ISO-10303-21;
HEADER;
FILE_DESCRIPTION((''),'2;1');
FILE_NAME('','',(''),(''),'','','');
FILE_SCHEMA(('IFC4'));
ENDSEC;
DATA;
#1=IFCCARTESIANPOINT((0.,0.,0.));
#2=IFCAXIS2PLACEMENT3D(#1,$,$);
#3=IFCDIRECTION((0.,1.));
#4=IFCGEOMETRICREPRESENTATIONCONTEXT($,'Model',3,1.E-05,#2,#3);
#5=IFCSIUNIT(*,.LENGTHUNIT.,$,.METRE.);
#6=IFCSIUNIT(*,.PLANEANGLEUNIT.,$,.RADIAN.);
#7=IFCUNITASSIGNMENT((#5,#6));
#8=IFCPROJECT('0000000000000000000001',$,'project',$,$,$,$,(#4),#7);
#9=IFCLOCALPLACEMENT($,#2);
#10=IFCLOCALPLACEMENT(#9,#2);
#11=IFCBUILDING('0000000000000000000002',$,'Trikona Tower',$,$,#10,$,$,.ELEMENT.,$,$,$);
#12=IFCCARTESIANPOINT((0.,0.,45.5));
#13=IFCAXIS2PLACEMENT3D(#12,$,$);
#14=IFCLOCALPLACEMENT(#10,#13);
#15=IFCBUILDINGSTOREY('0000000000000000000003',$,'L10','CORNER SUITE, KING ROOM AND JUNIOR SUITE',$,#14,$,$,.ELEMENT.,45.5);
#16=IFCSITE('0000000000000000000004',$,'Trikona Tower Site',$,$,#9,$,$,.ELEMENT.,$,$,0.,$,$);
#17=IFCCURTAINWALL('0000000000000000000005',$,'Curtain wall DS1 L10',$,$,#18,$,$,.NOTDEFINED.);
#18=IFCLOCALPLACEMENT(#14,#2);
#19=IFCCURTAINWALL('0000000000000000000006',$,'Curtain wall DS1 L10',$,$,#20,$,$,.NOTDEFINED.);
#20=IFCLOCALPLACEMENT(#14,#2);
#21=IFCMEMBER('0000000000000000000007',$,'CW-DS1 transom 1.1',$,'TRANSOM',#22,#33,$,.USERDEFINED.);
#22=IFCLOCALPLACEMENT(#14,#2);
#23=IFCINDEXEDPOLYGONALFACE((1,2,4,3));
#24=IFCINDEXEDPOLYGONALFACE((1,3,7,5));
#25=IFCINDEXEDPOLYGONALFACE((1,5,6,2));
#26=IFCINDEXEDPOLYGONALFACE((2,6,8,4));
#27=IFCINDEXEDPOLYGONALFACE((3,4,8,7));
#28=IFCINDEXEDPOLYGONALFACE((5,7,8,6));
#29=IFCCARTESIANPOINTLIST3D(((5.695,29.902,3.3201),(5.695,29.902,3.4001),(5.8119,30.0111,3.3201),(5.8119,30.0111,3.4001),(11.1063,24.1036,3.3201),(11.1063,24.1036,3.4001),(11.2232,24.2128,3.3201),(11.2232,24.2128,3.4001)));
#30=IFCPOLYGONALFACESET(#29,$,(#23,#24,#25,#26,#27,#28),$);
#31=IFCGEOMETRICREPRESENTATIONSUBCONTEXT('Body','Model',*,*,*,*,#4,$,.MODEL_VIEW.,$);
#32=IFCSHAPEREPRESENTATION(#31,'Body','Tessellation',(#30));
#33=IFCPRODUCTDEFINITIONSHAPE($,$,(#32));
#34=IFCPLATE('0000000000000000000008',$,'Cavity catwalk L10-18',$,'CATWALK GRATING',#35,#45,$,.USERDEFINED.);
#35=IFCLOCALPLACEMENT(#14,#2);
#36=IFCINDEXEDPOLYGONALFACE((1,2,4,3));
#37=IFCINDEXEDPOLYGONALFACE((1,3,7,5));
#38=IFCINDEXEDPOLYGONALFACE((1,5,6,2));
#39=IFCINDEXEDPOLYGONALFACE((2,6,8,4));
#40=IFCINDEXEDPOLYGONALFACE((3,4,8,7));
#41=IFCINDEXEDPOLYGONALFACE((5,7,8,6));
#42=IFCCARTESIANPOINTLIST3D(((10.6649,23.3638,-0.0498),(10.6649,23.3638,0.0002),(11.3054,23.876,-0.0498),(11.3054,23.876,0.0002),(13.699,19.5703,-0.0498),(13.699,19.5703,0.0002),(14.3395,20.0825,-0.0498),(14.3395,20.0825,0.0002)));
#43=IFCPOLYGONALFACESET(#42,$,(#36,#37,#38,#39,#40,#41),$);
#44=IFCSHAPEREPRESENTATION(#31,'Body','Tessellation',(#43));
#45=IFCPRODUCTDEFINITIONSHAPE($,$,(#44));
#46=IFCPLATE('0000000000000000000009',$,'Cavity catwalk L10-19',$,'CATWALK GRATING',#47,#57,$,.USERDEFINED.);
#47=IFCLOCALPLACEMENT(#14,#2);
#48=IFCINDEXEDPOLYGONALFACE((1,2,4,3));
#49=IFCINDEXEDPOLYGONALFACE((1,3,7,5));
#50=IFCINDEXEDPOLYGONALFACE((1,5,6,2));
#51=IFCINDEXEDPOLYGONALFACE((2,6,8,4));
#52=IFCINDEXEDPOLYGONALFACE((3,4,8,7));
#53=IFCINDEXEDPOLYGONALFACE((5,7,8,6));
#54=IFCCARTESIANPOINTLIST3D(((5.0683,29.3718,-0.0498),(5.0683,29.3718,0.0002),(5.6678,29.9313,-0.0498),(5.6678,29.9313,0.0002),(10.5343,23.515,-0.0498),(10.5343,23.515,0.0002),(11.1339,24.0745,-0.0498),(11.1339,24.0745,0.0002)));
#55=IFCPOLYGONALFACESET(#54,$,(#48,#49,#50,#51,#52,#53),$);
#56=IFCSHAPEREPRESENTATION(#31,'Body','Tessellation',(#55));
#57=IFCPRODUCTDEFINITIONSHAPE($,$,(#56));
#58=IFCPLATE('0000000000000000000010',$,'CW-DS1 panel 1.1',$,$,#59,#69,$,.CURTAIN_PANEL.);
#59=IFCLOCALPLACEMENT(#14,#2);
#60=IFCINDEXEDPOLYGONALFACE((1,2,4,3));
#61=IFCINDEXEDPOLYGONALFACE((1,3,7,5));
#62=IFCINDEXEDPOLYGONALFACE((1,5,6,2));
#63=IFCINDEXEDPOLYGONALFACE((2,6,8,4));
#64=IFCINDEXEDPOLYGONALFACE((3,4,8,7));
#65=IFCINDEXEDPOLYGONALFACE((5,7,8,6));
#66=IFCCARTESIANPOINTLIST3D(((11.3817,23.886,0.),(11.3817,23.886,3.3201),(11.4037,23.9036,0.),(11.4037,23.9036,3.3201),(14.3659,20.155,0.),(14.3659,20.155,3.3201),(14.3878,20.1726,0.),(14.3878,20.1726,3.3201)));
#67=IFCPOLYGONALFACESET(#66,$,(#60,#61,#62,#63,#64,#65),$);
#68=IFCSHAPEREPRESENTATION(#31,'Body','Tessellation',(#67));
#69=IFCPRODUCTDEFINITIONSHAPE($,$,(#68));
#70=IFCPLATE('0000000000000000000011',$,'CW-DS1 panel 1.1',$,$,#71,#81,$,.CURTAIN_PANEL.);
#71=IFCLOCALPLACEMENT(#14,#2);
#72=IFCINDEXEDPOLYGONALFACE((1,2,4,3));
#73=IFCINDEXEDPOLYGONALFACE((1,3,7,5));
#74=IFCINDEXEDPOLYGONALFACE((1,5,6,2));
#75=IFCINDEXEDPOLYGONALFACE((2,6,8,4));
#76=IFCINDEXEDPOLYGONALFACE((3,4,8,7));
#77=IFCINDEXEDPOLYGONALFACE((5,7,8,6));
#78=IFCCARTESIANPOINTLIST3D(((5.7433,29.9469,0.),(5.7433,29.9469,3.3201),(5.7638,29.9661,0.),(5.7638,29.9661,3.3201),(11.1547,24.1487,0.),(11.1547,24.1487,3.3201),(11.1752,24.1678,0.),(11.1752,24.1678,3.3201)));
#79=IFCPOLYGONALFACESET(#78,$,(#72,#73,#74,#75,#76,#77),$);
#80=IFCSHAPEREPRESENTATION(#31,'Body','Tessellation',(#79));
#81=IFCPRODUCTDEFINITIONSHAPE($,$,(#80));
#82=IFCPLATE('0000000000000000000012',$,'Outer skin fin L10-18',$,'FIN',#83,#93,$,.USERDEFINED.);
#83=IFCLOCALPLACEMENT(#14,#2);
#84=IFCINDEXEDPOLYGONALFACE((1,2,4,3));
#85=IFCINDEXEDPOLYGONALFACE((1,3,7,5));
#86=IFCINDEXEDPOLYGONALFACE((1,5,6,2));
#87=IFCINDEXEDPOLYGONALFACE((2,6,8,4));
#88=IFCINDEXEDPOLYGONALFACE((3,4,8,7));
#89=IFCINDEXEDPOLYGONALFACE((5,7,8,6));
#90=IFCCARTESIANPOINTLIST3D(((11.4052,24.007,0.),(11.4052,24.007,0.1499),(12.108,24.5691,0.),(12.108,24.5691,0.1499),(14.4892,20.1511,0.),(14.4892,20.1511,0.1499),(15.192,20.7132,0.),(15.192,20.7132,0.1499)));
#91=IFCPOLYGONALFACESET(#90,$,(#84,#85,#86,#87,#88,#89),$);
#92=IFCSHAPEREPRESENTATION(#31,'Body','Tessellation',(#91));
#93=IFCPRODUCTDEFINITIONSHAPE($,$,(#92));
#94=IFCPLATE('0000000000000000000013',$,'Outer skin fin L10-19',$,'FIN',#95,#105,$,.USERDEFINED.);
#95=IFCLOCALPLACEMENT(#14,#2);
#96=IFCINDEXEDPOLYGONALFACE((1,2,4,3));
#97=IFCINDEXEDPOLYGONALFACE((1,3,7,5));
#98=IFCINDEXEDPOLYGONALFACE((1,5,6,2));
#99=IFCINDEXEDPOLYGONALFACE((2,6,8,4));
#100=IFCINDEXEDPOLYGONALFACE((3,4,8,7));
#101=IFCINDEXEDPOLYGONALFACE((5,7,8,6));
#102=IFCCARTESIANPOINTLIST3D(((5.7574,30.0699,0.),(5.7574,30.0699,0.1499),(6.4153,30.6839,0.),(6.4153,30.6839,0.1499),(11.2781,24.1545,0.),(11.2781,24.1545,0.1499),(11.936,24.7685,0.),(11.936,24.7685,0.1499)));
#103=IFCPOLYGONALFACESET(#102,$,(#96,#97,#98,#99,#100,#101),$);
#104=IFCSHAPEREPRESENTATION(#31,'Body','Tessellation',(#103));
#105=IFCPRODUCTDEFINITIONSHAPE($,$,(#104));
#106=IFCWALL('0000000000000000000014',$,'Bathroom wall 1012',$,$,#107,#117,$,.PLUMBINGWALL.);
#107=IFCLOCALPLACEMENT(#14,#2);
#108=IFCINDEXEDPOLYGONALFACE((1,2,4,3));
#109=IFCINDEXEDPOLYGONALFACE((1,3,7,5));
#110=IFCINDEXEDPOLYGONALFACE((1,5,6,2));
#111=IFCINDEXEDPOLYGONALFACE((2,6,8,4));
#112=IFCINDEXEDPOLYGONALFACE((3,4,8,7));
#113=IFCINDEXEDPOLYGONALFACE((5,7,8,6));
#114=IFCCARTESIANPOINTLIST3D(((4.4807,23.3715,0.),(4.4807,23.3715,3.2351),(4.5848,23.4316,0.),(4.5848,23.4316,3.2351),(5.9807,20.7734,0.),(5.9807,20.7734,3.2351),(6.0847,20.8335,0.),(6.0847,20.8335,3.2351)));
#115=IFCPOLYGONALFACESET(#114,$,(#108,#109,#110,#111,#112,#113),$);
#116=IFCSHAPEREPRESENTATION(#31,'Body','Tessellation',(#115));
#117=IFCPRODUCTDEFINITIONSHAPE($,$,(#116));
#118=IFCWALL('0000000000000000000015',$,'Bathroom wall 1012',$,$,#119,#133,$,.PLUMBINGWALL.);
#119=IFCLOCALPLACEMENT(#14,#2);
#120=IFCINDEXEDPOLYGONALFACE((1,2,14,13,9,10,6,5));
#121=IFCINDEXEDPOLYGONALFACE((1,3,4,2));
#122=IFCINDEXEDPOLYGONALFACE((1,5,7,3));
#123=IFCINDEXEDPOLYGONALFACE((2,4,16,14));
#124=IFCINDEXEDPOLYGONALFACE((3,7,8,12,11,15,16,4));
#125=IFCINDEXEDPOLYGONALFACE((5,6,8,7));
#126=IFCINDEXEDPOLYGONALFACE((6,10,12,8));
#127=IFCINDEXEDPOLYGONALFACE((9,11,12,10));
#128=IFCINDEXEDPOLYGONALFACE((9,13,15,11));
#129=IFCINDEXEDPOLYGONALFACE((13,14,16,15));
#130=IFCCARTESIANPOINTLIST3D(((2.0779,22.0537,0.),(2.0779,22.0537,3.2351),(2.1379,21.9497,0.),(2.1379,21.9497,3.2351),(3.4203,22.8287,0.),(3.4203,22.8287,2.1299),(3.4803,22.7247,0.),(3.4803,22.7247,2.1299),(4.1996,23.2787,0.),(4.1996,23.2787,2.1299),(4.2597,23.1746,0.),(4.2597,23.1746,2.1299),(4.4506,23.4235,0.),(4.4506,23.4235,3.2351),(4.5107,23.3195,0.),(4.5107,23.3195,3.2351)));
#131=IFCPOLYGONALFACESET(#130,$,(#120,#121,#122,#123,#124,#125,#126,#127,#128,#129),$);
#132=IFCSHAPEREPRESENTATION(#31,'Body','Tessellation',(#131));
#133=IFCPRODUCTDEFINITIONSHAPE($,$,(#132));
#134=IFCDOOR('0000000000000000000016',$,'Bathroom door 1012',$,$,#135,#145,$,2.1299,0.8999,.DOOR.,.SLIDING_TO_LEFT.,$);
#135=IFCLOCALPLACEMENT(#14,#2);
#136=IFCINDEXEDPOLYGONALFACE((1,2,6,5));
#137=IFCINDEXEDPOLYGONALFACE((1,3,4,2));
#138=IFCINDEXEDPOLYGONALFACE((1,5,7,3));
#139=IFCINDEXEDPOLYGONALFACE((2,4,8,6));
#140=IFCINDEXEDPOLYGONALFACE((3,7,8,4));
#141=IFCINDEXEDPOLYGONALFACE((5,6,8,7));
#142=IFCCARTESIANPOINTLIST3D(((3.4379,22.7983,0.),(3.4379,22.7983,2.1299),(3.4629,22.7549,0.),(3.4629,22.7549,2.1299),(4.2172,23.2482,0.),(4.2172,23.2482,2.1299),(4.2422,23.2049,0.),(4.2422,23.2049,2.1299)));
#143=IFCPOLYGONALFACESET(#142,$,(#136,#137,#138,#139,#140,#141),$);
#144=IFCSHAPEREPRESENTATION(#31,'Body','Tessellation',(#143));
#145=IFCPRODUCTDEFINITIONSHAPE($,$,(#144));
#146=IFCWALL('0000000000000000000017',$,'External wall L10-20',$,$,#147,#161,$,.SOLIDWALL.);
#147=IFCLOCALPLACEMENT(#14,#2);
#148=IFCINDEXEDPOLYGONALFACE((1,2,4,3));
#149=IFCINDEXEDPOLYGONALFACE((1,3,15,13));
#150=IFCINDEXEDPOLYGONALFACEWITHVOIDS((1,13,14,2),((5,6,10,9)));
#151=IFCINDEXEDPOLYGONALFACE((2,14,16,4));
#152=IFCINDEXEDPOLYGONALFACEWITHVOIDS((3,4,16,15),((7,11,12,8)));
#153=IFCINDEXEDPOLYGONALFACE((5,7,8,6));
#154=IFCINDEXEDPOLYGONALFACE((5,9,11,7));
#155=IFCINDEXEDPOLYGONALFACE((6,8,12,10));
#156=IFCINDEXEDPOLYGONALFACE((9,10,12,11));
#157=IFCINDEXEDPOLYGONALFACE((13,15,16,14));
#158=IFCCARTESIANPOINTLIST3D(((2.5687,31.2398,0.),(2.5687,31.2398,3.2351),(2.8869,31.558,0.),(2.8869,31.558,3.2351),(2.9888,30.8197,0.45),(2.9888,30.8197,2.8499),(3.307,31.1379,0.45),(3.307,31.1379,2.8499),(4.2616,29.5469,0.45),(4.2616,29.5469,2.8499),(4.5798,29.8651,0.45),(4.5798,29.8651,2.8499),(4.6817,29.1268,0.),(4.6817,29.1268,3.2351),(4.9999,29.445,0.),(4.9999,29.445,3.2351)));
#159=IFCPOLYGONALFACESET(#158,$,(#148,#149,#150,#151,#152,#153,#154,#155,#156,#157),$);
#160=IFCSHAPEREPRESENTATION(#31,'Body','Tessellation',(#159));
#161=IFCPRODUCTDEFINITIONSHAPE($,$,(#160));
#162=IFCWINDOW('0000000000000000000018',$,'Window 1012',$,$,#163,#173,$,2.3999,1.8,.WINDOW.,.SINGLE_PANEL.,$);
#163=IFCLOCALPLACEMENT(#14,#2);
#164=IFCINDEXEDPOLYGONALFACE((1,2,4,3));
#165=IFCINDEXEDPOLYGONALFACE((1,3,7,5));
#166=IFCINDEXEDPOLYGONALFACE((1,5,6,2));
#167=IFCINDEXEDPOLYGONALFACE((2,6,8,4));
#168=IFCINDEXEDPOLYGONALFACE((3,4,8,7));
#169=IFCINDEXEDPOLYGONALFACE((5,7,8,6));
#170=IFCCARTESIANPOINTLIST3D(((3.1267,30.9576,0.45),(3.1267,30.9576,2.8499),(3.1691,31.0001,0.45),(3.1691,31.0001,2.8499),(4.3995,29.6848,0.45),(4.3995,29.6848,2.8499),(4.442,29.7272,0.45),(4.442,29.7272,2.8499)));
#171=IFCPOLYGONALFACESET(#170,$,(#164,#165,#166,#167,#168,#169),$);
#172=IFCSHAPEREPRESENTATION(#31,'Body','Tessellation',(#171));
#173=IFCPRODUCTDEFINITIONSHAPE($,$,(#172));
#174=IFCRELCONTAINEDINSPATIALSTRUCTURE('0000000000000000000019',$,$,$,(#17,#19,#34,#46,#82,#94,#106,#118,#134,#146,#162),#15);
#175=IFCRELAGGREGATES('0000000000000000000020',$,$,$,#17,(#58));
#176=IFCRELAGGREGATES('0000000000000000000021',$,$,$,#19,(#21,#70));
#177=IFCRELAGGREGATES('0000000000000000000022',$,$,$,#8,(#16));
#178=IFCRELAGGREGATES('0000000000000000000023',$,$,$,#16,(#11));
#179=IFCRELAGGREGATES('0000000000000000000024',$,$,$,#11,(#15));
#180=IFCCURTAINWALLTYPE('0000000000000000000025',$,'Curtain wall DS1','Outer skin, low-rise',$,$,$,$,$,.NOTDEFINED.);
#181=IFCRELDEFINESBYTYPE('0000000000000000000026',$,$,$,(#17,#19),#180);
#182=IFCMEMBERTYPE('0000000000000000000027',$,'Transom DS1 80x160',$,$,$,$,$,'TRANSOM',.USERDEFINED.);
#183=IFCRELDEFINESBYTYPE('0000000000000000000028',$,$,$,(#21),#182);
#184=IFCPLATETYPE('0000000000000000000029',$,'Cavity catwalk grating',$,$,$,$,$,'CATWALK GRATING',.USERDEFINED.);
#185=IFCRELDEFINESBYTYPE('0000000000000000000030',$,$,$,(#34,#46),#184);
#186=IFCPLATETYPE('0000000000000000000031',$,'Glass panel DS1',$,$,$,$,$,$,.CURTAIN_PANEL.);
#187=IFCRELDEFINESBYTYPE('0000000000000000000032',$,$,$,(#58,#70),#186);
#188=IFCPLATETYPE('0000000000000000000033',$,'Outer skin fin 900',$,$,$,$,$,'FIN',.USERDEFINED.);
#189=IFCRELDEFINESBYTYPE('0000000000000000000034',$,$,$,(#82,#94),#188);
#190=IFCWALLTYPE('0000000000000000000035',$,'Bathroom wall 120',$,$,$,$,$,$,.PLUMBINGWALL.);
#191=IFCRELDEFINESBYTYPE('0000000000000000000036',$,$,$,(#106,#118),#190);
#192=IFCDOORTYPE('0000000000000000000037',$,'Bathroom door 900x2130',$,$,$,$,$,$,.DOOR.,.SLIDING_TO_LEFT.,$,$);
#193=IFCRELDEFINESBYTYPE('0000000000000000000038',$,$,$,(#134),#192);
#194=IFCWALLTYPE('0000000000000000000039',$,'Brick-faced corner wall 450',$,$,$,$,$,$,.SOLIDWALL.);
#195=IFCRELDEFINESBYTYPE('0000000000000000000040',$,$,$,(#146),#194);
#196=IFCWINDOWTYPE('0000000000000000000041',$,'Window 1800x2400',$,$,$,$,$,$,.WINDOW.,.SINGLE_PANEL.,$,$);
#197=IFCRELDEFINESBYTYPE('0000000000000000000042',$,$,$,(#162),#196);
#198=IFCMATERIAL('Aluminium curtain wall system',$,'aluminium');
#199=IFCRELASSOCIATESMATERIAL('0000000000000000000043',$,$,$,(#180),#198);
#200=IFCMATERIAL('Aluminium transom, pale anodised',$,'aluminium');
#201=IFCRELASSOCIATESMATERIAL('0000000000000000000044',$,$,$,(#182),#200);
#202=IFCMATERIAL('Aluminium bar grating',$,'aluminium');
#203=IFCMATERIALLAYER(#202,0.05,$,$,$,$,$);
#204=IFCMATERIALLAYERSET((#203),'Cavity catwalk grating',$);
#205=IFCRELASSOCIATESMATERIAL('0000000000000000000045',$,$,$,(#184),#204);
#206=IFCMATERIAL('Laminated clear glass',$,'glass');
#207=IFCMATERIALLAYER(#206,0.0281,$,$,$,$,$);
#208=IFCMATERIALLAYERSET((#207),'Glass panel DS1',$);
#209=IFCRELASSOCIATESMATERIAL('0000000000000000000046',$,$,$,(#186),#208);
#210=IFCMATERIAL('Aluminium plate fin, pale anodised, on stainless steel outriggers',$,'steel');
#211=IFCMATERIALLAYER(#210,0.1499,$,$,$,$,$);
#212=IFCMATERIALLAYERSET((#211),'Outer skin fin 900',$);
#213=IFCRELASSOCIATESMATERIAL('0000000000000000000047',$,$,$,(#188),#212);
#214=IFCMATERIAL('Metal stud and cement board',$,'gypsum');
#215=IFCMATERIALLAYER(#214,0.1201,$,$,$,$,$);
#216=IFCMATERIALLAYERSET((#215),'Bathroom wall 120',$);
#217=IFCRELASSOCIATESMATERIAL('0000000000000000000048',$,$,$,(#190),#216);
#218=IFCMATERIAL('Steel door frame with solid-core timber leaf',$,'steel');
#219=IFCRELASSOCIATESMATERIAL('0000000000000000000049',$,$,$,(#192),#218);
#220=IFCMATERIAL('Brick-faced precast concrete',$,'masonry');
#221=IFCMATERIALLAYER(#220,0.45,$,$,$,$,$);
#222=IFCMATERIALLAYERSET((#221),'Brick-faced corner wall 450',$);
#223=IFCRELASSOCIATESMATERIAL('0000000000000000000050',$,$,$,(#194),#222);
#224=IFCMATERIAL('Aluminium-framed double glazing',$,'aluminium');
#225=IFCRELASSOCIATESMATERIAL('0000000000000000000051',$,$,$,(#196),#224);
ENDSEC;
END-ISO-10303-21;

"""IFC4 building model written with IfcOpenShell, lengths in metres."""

from ifc_helpers import new_model, si_unit, direction, frame, frame_2d, origin, origin_2d, place, context, subcontext, project, spatial, rectangle, extrude, material, layer, layer_set, material_profile, profile_set, type_object, element, fill, aggregate, save


model = new_model("IFC4")

# Units and contexts
model_context = context("Model", 3, precision=1e-05, world=origin(), true_north=direction((0.0, 1.0)))
body_context = subcontext(model_context, "Body", "Model", "MODEL_VIEW")
ifc_project = project(units=[si_unit("LENGTHUNIT", "METRE"), si_unit("PLANEANGLEUNIT", "RADIAN")], contexts=[model_context])

# Site, building, storey
site_placement = place(None, origin())
site = spatial("IfcSite", under=ifc_project, at=site_placement, Name="Trikona Tower Site", CompositionType="ELEMENT", RefElevation=0.0)
building_placement = place(site_placement, origin())
building = spatial("IfcBuilding", under=site, at=building_placement, Name="Trikona Tower", CompositionType="ELEMENT")
storey_placement = place(building_placement, frame((0.0, 0.0, 45.5)))
storey = spatial("IfcBuildingStorey", under=building, at=storey_placement, Name="L10", Description="CORNER SUITE, KING ROOM AND JUNIOR SUITE", CompositionType="ELEMENT", Elevation=45.5)

# Curtain walls
ifc_material_1 = material(Name="Aluminium curtain wall system", Category="aluminium")
curtain_wall_type = type_object("IfcCurtainWallType", Name="Curtain wall DS1", Description="Outer skin, low-rise", PredefinedType="NOTDEFINED", material=ifc_material_1)
curtain_wall_1_placement = place(storey_placement, origin())
curtain_wall_1 = element("IfcCurtainWall", 1, at=curtain_wall_1_placement, inside=storey, type_object=curtain_wall_type, Name="Curtain wall DS1 L10", PredefinedType="NOTDEFINED")
curtain_wall_2_placement = place(storey_placement, origin())
curtain_wall_2 = element("IfcCurtainWall", 2, at=curtain_wall_2_placement, inside=storey, type_object=curtain_wall_type, Name="Curtain wall DS1 L10", PredefinedType="NOTDEFINED")

# Member
ifc_material_2 = material(Name="Aluminium transom, pale anodised", Category="aluminium")
ifc_material_profile_1 = material_profile(ifc_material_2, rectangle(XDim=0.1599, YDim=0.0801, at=origin_2d()), Name="TRN-DS1")
ifc_profile_set_1 = profile_set([ifc_material_profile_1], Name="Aluminium transom, pale anodised")
member_type_1 = type_object("IfcMemberType", Name="Transom DS1 80x160", ElementType="TRANSOM", PredefinedType="USERDEFINED", material=ifc_profile_set_1)
member_1_placement = place(storey_placement, frame((11.1648, 24.1582, 3.3601), z_axis=(-0.682291, 0.731081, 0.0), x_axis=(-0.731081, -0.682291, 0.0)))
member_1 = element("IfcMember", 3, at=member_1_placement, type_object=member_type_1, Name="CW-DS1 transom 1.1", ObjectType="TRANSOM", PredefinedType="USERDEFINED", context=body_context, shape_type="SweptSolid", body=[
    extrude(rectangle(XDim=0.1599, YDim=0.0801, at=origin_2d()), origin(), (0.0, 0.0, 1.0), 7.9312),
])

# Plates
ifc_material_3 = material(Name="Aluminium bar grating", Category="aluminium")
ifc_layer_1 = layer(ifc_material_3, 0.05)
ifc_layer_set_1 = layer_set([ifc_layer_1], Name="Cavity catwalk grating")
plate_type_1 = type_object("IfcPlateType", Name="Cavity catwalk grating", ElementType="CATWALK GRATING", PredefinedType="USERDEFINED", material=ifc_layer_set_1)
plate_1_placement = place(storey_placement, frame((12.5022, 21.7231, -0.0498), z_axis=(0.0, 0.0, 1.0), x_axis=(-0.624604, 0.780942, 0.0)))
element("IfcPlate", 4, at=plate_1_placement, inside=storey, type_object=plate_type_1, Name="Cavity catwalk L10-18", ObjectType="CATWALK GRATING", PredefinedType="USERDEFINED", context=body_context, shape_type="SweptSolid", body=[
    extrude(rectangle(XDim=4.8577, YDim=0.8201, at=origin_2d()), origin(), (0.0, 0.0, 1.0), 0.05),
])
plate_2_placement = place(storey_placement, frame((8.1011, 26.7231, -0.0498), z_axis=(0.0, 0.0, 1.0), x_axis=(-0.682298, 0.731074, 0.0)))
element("IfcPlate", 5, at=plate_2_placement, inside=storey, type_object=plate_type_1, Name="Cavity catwalk L10-19", ObjectType="CATWALK GRATING", PredefinedType="USERDEFINED", context=body_context, shape_type="SweptSolid", body=[
    extrude(rectangle(XDim=8.0112, YDim=0.8201, at=origin_2d()), origin(), (0.0, 0.0, 1.0), 0.05),
])

# Plates
ifc_material_4 = material(Name="Laminated clear glass", Category="glass")
ifc_layer_2 = layer(ifc_material_4, 0.0281)
ifc_layer_set_2 = layer_set([ifc_layer_2], Name="Glass panel DS1")
plate_type_2 = type_object("IfcPlateType", Name="Glass panel DS1", PredefinedType="CURTAIN_PANEL", material=ifc_layer_set_2)
plate_3_placement = place(storey_placement, frame((12.8848, 22.0293, 0.0), z_axis=(0.0, 0.0, 1.0), x_axis=(-0.624609, 0.780938, 0.0)))
plate_3 = element("IfcPlate", 6, at=plate_3_placement, type_object=plate_type_2, Name="CW-DS1 panel 1.1", PredefinedType="CURTAIN_PANEL", context=body_context, shape_type="SweptSolid", body=[
    extrude(rectangle(XDim=4.7776, YDim=0.0281, at=origin_2d()), origin(), (0.0, 0.0, 1.0), 3.3201),
])
aggregate(curtain_wall_1, [plate_3])
plate_4_placement = place(storey_placement, frame((8.4592, 27.0574, 0.0), z_axis=(0.0, 0.0, 1.0), x_axis=(-0.682295, 0.731077, 0.0)))
plate_4 = element("IfcPlate", 7, at=plate_4_placement, type_object=plate_type_2, Name="CW-DS1 panel 1.1", PredefinedType="CURTAIN_PANEL", context=body_context, shape_type="SweptSolid", body=[
    extrude(rectangle(XDim=7.9312, YDim=0.0281, at=origin_2d()), origin(), (0.0, 0.0, 1.0), 3.3201),
])
aggregate(curtain_wall_2, [member_1, plate_4])

# Plates
ifc_material_5 = material(Name="Aluminium plate fin, pale anodised, on stainless steel outriggers", Category="steel")
ifc_layer_3 = layer(ifc_material_5, 0.1499)
ifc_layer_set_3 = layer_set([ifc_layer_3], Name="Outer skin fin 900")
plate_type_3 = type_object("IfcPlateType", Name="Outer skin fin 900", ElementType="FIN", PredefinedType="USERDEFINED", material=ifc_layer_set_3)
plate_5_placement = place(storey_placement, frame((13.2986, 22.3601, 0.0), z_axis=(0.0, 0.0, 1.0), x_axis=(-0.624604, 0.780942, 0.0)))
element("IfcPlate", 8, at=plate_5_placement, inside=storey, type_object=plate_type_3, Name="Outer skin fin L10-18", ObjectType="FIN", PredefinedType="USERDEFINED", context=body_context, shape_type="SweptSolid", body=[
    extrude(rectangle(XDim=4.9375, YDim=0.8999, at=origin_2d()), origin(), (0.0, 0.0, 1.0), 0.1499),
])
plate_6_placement = place(storey_placement, frame((8.8467, 27.4192, 0.0), z_axis=(0.0, 0.0, 1.0), x_axis=(-0.682298, 0.731074, 0.0)))
element("IfcPlate", 9, at=plate_6_placement, inside=storey, type_object=plate_type_3, Name="Outer skin fin L10-19", ObjectType="FIN", PredefinedType="USERDEFINED", context=body_context, shape_type="SweptSolid", body=[
    extrude(rectangle(XDim=8.0913, YDim=0.8999, at=origin_2d()), origin(), (0.0, 0.0, 1.0), 0.1499),
])

# Wall
ifc_material_6 = material(Name="Metal stud and cement board", Category="gypsum")
ifc_layer_4 = layer(ifc_material_6, 0.1201)
ifc_layer_set_4 = layer_set([ifc_layer_4], Name="Bathroom wall 120")
wall_type_1 = type_object("IfcWallType", Name="Bathroom wall 120", PredefinedType="PLUMBINGWALL", material=ifc_layer_set_4)
wall_1_placement = place(storey_placement, frame((6.0327, 20.8035, 0.0), z_axis=(0.0, 0.0, 1.0), x_axis=(-0.49999, 0.866031, 0.0)))
element("IfcWall", 10, at=wall_1_placement, inside=storey, type_object=wall_type_1, Name="Bathroom wall 1012", PredefinedType="PLUMBINGWALL", context=body_context, shape_type="SweptSolid", body=[
    extrude(rectangle(XDim=3.0, YDim=0.1201, at=frame_2d((1.5, 0.0))), origin(), (0.0, 0.0, 1.0), 3.2351),
])

# Wall, opening, door
wall_2_placement = place(storey_placement, frame((2.1079, 22.0017, 0.0), z_axis=(0.0, 0.0, 1.0), x_axis=(0.866036, 0.499982, 0.0)))
wall_2 = element("IfcWall", 11, at=wall_2_placement, inside=storey, type_object=wall_type_1, Name="Bathroom wall 1012", PredefinedType="PLUMBINGWALL", context=body_context, shape_type="SweptSolid", body=[
    extrude(rectangle(XDim=2.7397, YDim=0.1201, at=frame_2d((1.3699, 0.0))), origin(), (0.0, 0.0, 1.0), 3.2351),
])
opening_1_placement = place(wall_2_placement, frame((1.55, 0.0, 0.0)))
opening_1 = element("IfcOpeningElement", 12, at=opening_1_placement, cuts=wall_2, PredefinedType="OPENING", context=body_context, shape_type="SweptSolid", body=[
    extrude(rectangle(XDim=0.8999, YDim=2.1299, at=frame_2d((0.45, 1.0649))), frame((0.0, 0.0701, 0.0), z_axis=(0.0, -1.0, 0.0), x_axis=(1.0, 0.0, 0.0)), (0.0, 0.0, 1.0), 0.1401),
])
ifc_material_7 = material(Name="Steel door frame with solid-core timber leaf", Category="steel")
door_type = type_object("IfcDoorType", Name="Bathroom door 900x2130", OperationType="SLIDING_TO_LEFT", PredefinedType="DOOR", material=ifc_material_7)
door_placement = place(opening_1_placement, origin())
door = element("IfcDoor", 13, at=door_placement, inside=storey, type_object=door_type, Name="Bathroom door 1012", OperationType="SLIDING_TO_LEFT", OverallHeight=2.1299, OverallWidth=0.8999, PredefinedType="DOOR", context=body_context, shape_type="SweptSolid", body=[
    extrude(rectangle(XDim=0.8999, YDim=2.1299, at=frame_2d((0.45, 1.0649))), frame((0.0, 0.0249, 0.0), z_axis=(0.0, -1.0, 0.0), x_axis=(1.0, 0.0, 0.0)), (0.0, 0.0, 1.0), 0.05),
])
fill(opening_1, door)

# Wall, opening, window
ifc_material_8 = material(Name="Brick-faced precast concrete", Category="masonry")
ifc_layer_5 = layer(ifc_material_8, 0.45)
ifc_layer_set_5 = layer_set([ifc_layer_5], Name="Brick-faced corner wall 450")
wall_type_2 = type_object("IfcWallType", Name="Brick-faced corner wall 450", PredefinedType="SOLIDWALL", material=ifc_layer_set_5)
wall_3_placement = place(storey_placement, frame((4.8408, 29.2859, 0.0), z_axis=(0.0, 0.0, 1.0), x_axis=(-0.707107, 0.707107, 0.0)))
wall_3 = element("IfcWall", 14, at=wall_3_placement, inside=storey, type_object=wall_type_2, Name="External wall L10-20", PredefinedType="SOLIDWALL", context=body_context, shape_type="SweptSolid", body=[
    extrude(rectangle(XDim=2.9883, YDim=0.45, at=frame_2d((1.4941, 0.0))), origin(), (0.0, 0.0, 1.0), 3.2351),
])
opening_2_placement = place(wall_3_placement, frame((0.5942, 0.0, 0.45)))
opening_2 = element("IfcOpeningElement", 15, at=opening_2_placement, cuts=wall_3, PredefinedType="OPENING", context=body_context, shape_type="SweptSolid", body=[
    extrude(rectangle(XDim=1.8, YDim=2.3999, at=frame_2d((0.8999, 1.2))), frame((0.0, 0.2349, 0.0), z_axis=(0.0, -1.0, 0.0), x_axis=(1.0, 0.0, 0.0)), (0.0, 0.0, 1.0), 0.47),
])
ifc_material_9 = material(Name="Aluminium-framed double glazing", Category="aluminium")
window_type_1 = type_object("IfcWindowType", Name="Window 1800x2400", PartitioningType="SINGLE_PANEL", PredefinedType="WINDOW", material=ifc_material_9)
window_1_placement = place(opening_2_placement, origin())
window_1 = element("IfcWindow", 16, at=window_1_placement, inside=storey, type_object=window_type_1, Name="Window 1012", OverallHeight=2.3999, OverallWidth=1.8, PartitioningType="SINGLE_PANEL", PredefinedType="WINDOW", context=body_context, shape_type="SweptSolid", body=[
    extrude(rectangle(XDim=1.8, YDim=2.3999, at=frame_2d((0.8999, 1.2))), frame((0.0, 0.03, 0.0), z_axis=(0.0, -1.0, 0.0), x_axis=(1.0, 0.0, 0.0)), (0.0, 0.0, 1.0), 0.0601),
])
fill(opening_2, window_1)

save(model, "model.ifc")
